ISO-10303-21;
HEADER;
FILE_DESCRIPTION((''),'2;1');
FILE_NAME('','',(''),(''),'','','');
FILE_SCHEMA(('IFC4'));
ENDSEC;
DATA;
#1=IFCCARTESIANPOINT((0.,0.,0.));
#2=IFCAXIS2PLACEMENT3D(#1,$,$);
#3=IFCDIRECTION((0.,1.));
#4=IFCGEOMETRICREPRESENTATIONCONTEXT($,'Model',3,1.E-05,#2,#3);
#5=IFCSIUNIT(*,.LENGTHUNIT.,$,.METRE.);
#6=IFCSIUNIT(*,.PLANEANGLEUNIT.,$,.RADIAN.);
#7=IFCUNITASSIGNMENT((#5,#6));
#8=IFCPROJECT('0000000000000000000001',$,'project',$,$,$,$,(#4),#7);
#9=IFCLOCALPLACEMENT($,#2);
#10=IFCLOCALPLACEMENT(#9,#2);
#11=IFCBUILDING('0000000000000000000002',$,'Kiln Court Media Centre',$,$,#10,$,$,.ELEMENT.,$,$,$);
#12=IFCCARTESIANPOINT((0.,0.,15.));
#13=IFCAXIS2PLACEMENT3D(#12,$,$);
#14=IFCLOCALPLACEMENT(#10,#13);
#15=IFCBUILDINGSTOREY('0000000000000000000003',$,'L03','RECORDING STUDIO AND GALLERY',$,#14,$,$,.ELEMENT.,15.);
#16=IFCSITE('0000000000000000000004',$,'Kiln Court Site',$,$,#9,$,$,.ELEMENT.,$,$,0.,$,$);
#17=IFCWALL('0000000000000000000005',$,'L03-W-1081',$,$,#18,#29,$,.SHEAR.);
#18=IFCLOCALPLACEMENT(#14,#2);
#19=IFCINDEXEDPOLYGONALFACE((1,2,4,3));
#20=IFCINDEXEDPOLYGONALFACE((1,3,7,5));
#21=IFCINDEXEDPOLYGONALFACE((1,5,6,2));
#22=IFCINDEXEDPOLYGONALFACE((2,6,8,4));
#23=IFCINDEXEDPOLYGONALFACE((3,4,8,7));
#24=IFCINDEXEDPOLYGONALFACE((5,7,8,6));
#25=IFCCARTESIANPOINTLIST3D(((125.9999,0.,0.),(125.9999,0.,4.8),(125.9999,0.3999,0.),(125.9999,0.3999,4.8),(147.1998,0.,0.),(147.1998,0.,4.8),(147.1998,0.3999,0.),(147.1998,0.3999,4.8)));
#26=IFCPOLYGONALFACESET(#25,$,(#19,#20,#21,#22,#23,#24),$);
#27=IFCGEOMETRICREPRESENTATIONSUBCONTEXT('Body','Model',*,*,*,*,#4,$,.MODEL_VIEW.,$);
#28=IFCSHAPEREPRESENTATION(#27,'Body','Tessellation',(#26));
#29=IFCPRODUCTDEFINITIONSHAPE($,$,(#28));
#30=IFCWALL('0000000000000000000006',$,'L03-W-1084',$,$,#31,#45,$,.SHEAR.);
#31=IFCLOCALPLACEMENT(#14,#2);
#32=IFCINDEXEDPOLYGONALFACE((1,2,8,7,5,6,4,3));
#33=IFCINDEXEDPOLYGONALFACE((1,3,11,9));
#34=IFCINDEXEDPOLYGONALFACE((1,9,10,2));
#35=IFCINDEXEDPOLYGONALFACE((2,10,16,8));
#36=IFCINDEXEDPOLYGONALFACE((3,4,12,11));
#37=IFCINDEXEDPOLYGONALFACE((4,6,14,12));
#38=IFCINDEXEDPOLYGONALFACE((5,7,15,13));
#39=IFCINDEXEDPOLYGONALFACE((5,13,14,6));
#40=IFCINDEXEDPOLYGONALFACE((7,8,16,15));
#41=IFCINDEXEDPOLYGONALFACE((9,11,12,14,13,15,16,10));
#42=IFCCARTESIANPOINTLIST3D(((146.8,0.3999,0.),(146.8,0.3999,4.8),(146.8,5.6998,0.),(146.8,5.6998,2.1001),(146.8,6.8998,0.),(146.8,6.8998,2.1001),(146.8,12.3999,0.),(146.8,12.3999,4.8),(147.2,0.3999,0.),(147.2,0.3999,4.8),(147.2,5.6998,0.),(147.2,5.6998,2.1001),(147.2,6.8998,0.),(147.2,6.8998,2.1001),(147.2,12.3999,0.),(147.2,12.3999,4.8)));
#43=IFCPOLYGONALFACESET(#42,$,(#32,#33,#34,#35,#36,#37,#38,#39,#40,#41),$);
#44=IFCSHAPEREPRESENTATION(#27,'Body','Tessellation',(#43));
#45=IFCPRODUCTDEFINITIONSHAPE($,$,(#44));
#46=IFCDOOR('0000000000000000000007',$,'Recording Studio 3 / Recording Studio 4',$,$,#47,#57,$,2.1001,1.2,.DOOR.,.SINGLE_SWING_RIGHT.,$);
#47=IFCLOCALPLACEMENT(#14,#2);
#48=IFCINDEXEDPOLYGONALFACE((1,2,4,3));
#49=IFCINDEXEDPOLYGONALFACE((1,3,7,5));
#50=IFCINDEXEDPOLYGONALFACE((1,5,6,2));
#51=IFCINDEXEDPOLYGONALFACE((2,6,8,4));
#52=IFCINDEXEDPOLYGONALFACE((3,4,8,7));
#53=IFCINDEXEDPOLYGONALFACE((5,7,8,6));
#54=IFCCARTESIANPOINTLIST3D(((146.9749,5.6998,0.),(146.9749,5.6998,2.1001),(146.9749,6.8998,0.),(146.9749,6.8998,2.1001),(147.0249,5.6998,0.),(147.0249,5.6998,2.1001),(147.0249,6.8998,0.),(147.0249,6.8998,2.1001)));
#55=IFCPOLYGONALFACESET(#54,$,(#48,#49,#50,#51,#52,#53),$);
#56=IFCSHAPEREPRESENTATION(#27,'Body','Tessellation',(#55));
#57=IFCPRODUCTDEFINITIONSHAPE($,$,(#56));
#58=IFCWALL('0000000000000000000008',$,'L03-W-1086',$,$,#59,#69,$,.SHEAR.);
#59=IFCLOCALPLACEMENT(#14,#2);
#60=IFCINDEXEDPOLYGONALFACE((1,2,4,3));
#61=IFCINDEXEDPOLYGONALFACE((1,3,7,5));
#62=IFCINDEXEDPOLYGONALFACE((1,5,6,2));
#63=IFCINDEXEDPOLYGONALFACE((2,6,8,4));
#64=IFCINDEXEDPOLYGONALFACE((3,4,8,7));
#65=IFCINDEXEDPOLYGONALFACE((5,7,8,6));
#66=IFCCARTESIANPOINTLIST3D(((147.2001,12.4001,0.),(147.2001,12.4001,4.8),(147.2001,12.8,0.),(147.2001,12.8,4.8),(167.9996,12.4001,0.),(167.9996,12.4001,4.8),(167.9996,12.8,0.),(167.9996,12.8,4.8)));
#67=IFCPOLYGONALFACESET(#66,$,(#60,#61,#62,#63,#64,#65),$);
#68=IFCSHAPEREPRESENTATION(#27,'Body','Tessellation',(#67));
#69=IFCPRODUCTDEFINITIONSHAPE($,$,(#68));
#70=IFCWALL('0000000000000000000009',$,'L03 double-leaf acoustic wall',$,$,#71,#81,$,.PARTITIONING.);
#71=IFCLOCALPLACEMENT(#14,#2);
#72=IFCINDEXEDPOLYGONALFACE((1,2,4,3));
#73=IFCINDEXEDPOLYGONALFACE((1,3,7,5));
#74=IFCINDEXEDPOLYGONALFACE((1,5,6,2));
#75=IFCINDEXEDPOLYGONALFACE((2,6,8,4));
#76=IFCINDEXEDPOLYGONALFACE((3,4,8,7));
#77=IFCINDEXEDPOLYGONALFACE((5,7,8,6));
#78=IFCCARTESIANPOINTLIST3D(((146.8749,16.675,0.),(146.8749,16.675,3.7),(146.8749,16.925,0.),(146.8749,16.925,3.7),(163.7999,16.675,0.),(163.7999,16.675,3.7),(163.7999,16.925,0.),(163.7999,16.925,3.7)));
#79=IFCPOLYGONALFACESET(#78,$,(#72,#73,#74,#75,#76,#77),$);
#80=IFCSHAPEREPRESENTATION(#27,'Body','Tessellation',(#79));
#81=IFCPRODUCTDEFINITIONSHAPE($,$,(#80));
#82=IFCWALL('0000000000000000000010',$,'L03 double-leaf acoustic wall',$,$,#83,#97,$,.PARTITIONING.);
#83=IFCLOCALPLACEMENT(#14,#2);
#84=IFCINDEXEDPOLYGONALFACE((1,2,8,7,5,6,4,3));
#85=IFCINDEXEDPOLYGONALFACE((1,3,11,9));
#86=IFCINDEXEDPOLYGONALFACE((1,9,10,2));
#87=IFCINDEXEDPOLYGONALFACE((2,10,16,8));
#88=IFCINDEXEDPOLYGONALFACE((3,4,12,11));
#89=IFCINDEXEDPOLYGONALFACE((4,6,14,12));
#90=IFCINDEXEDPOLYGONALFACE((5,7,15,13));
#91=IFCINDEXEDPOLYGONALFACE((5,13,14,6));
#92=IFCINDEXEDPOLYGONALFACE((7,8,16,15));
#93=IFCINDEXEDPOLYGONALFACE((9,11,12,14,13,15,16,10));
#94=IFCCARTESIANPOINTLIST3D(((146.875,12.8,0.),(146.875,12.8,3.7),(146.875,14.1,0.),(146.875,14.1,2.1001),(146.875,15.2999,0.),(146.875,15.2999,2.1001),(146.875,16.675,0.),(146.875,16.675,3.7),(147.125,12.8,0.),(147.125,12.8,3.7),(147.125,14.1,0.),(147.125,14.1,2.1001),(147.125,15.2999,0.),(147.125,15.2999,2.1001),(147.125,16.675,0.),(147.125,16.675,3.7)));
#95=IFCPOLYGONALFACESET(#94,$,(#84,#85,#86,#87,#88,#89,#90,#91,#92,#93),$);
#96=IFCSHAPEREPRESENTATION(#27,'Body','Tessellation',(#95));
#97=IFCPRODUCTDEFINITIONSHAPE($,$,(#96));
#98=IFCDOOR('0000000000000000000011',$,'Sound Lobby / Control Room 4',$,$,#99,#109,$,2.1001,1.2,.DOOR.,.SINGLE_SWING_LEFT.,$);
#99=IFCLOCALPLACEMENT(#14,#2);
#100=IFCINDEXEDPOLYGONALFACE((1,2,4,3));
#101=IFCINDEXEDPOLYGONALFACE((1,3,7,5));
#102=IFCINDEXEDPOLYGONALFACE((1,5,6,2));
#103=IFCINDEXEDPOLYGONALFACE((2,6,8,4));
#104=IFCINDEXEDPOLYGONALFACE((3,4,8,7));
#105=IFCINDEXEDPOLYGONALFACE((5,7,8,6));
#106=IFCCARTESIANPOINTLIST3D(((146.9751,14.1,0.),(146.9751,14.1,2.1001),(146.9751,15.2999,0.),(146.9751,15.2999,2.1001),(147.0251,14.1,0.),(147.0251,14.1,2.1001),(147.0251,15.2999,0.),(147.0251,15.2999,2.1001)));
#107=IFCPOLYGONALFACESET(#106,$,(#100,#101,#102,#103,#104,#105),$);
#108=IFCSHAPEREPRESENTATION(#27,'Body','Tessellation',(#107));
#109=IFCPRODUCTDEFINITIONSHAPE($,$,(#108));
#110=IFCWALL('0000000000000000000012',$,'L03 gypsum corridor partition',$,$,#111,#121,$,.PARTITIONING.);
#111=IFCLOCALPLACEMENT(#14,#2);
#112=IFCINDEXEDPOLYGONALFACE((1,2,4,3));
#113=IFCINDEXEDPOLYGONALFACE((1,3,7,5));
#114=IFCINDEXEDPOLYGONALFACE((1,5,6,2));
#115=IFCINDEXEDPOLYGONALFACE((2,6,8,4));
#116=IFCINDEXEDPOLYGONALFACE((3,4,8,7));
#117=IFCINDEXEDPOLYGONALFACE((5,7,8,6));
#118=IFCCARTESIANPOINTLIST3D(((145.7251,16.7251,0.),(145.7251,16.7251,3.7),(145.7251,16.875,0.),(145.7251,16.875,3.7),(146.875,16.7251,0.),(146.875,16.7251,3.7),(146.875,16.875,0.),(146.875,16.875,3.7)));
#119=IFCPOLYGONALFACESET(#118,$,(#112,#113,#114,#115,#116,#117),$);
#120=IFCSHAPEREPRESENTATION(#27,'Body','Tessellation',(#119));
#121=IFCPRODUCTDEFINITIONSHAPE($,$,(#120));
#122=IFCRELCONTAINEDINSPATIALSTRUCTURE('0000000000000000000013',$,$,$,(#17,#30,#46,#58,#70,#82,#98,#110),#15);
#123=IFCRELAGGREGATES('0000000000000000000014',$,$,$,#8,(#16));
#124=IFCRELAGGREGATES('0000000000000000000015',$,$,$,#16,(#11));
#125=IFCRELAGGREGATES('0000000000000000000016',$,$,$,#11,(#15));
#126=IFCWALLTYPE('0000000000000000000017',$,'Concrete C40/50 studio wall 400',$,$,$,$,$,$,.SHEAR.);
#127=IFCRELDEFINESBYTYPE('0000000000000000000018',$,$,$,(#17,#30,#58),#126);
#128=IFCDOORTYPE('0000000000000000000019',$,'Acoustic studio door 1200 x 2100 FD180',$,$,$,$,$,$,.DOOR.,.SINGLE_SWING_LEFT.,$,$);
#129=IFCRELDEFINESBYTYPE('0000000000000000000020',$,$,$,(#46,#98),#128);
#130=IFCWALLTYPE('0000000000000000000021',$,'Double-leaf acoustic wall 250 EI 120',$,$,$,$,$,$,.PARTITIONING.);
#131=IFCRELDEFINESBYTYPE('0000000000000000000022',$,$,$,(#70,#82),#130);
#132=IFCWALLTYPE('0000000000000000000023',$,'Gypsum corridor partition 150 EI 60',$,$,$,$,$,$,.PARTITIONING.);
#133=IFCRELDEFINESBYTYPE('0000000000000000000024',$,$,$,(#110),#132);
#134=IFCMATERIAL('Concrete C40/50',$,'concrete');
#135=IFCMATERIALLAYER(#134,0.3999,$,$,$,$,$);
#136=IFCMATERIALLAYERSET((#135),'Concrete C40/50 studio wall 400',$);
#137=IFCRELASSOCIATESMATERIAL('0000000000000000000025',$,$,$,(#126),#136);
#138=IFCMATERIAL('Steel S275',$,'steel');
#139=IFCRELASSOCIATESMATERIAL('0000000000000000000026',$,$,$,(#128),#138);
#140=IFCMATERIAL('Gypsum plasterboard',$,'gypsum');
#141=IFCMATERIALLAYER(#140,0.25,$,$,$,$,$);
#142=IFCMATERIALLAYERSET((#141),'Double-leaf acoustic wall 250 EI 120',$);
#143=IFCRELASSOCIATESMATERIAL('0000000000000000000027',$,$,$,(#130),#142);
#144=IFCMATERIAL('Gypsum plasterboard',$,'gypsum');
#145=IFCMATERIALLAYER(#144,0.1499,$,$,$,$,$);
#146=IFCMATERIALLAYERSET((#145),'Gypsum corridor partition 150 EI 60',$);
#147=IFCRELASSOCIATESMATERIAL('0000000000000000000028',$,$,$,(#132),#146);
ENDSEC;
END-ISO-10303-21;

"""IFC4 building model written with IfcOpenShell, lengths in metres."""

from ifc_helpers import new_model, si_unit, direction, frame, frame_2d, origin, place, context, subcontext, project, spatial, rectangle, extrude, material, layer, layer_set, type_object, element, fill, save


model = new_model("IFC4")

# Units and contexts
model_context = context("Model", 3, precision=1e-05, world=origin(), true_north=direction((0.0, 1.0)))
body_context = subcontext(model_context, "Body", "Model", "MODEL_VIEW")
ifc_project = project(units=[si_unit("LENGTHUNIT", "METRE"), si_unit("PLANEANGLEUNIT", "RADIAN")], contexts=[model_context])

# Site, building, storey
site_placement = place(None, origin())
site = spatial("IfcSite", under=ifc_project, at=site_placement, Name="Kiln Court Site", CompositionType="ELEMENT", RefElevation=0.0)
building_placement = place(site_placement, origin())
building = spatial("IfcBuilding", under=site, at=building_placement, Name="Kiln Court Media Centre", CompositionType="ELEMENT")
storey_placement = place(building_placement, frame((0.0, 0.0, 15.0)))
storey = spatial("IfcBuildingStorey", under=building, at=storey_placement, Name="L03", Description="RECORDING STUDIO AND GALLERY", CompositionType="ELEMENT", Elevation=15.0)

# Wall
ifc_material_1 = material(Name="Concrete C40/50", Category="concrete")
ifc_layer_1 = layer(ifc_material_1, 0.3999)
ifc_layer_set_1 = layer_set([ifc_layer_1], Name="Concrete C40/50 studio wall 400")
wall_type_1 = type_object("IfcWallType", Name="Concrete C40/50 studio wall 400", PredefinedType="SHEAR", material=ifc_layer_set_1)
wall_1_placement = place(storey_placement, frame((147.2, 0.2, 0.0), z_axis=(0.0, 0.0, 1.0), x_axis=(-1.0, 0.0, 0.0)))
element("IfcWall", 1, at=wall_1_placement, inside=storey, type_object=wall_type_1, Name="L03-W-1081", PredefinedType="SHEAR", context=body_context, shape_type="SweptSolid", body=[
    extrude(rectangle(XDim=21.2, YDim=0.3999, at=frame_2d((10.6001, 0.0))), origin(), (0.0, 0.0, 1.0), 4.8),
])

# Wall, opening, door
wall_2_placement = place(storey_placement, frame((147.0, 12.3999, 0.0), z_axis=(0.0, 0.0, 1.0), x_axis=(0.0, -1.0, 0.0)))
wall_2 = element("IfcWall", 2, at=wall_2_placement, inside=storey, type_object=wall_type_1, Name="L03-W-1084", PredefinedType="SHEAR", context=body_context, shape_type="SweptSolid", body=[
    extrude(rectangle(XDim=12.0, YDim=0.3999, at=frame_2d((6.0, 0.0))), origin(), (0.0, 0.0, 1.0), 4.8),
])
opening_1_placement = place(wall_2_placement, frame((5.5, 0.0, 0.0)))
opening_1 = element("IfcOpeningElement", 3, at=opening_1_placement, cuts=wall_2, PredefinedType="OPENING", context=body_context, shape_type="SweptSolid", body=[
    extrude(rectangle(XDim=1.2, YDim=2.1001, at=frame_2d((0.6001, 1.05))), frame((0.0, 0.21, 0.0), z_axis=(0.0, -1.0, 0.0), x_axis=(1.0, 0.0, 0.0)), (0.0, 0.0, 1.0), 0.4199),
])
ifc_material_2 = material(Name="Steel S275", Category="steel")
door_type = type_object("IfcDoorType", Name="Acoustic studio door 1200 x 2100 FD180", OperationType="SINGLE_SWING_LEFT", PredefinedType="DOOR", material=ifc_material_2)
door_1_placement = place(opening_1_placement, origin())
door_1 = element("IfcDoor", 4, at=door_1_placement, inside=storey, type_object=door_type, Name="Recording Studio 3 / Recording Studio 4", OperationType="SINGLE_SWING_RIGHT", OverallHeight=2.1001, OverallWidth=1.2, PredefinedType="DOOR", context=body_context, shape_type="SweptSolid", body=[
    extrude(rectangle(XDim=1.2, YDim=2.1001, at=frame_2d((0.6001, 1.05))), frame((0.0, 0.0249, 0.0), z_axis=(0.0, -1.0, 0.0), x_axis=(1.0, 0.0, 0.0)), (0.0, 0.0, 1.0), 0.05),
])
fill(opening_1, door_1)

# Walls
wall_3_placement = place(storey_placement, frame((147.2, 12.6001, 0.0), z_axis=(0.0, 0.0, 1.0), x_axis=(1.0, 0.0, 0.0)))
element("IfcWall", 5, at=wall_3_placement, inside=storey, type_object=wall_type_1, Name="L03-W-1086", PredefinedType="SHEAR", context=body_context, shape_type="SweptSolid", body=[
    extrude(rectangle(XDim=20.7996, YDim=0.3999, at=frame_2d((10.3999, 0.0))), origin(), (0.0, 0.0, 1.0), 4.8),
])
ifc_material_3 = material(Name="Gypsum plasterboard", Category="gypsum")
ifc_layer_2 = layer(ifc_material_3, 0.25)
ifc_layer_set_2 = layer_set([ifc_layer_2], Name="Double-leaf acoustic wall 250 EI 120")
wall_type_2 = type_object("IfcWallType", Name="Double-leaf acoustic wall 250 EI 120", PredefinedType="PARTITIONING", material=ifc_layer_set_2)
wall_4_placement = place(storey_placement, frame((146.875, 16.8, 0.0), z_axis=(0.0, 0.0, 1.0), x_axis=(1.0, 0.0, 0.0)))
element("IfcWall", 6, at=wall_4_placement, inside=storey, type_object=wall_type_2, Name="L03 double-leaf acoustic wall", PredefinedType="PARTITIONING", context=body_context, shape_type="SweptSolid", body=[
    extrude(rectangle(XDim=16.925, YDim=0.25, at=frame_2d((8.4624, 0.0))), origin(), (0.0, 0.0, 1.0), 3.7),
])

# Wall, opening, door
wall_5_placement = place(storey_placement, frame((147.0, 12.8, 0.0), z_axis=(0.0, 0.0, 1.0), x_axis=(0.0, 1.0, 0.0)))
wall_5 = element("IfcWall", 7, at=wall_5_placement, inside=storey, type_object=wall_type_2, Name="L03 double-leaf acoustic wall", PredefinedType="PARTITIONING", context=body_context, shape_type="SweptSolid", body=[
    extrude(rectangle(XDim=3.875, YDim=0.25, at=frame_2d((1.9375, 0.0))), origin(), (0.0, 0.0, 1.0), 3.7),
])
opening_2_placement = place(wall_5_placement, frame((1.2998, 0.0, 0.0)))
opening_2 = element("IfcOpeningElement", 8, at=opening_2_placement, cuts=wall_5, PredefinedType="OPENING", context=body_context, shape_type="SweptSolid", body=[
    extrude(rectangle(XDim=1.2, YDim=2.1001, at=frame_2d((0.6001, 1.05))), frame((0.0, 0.135, 0.0), z_axis=(0.0, -1.0, 0.0), x_axis=(1.0, 0.0, 0.0)), (0.0, 0.0, 1.0), 0.27),
])
door_2_placement = place(opening_2_placement, origin())
door_2 = element("IfcDoor", 9, at=door_2_placement, inside=storey, type_object=door_type, Name="Sound Lobby / Control Room 4", OperationType="SINGLE_SWING_LEFT", OverallHeight=2.1001, OverallWidth=1.2, PredefinedType="DOOR", context=body_context, shape_type="SweptSolid", body=[
    extrude(rectangle(XDim=1.2, YDim=2.1001, at=frame_2d((0.6001, 1.05))), frame((0.0, 0.0249, 0.0), z_axis=(0.0, -1.0, 0.0), x_axis=(1.0, 0.0, 0.0)), (0.0, 0.0, 1.0), 0.05),
])
fill(opening_2, door_2)

# Wall
ifc_material_4 = material(Name="Gypsum plasterboard", Category="gypsum")
ifc_layer_3 = layer(ifc_material_4, 0.1499)
ifc_layer_set_3 = layer_set([ifc_layer_3], Name="Gypsum corridor partition 150 EI 60")
wall_type_3 = type_object("IfcWallType", Name="Gypsum corridor partition 150 EI 60", PredefinedType="PARTITIONING", material=ifc_layer_set_3)
wall_6_placement = place(storey_placement, frame((145.7251, 16.8, 0.0), z_axis=(0.0, 0.0, 1.0), x_axis=(1.0, 0.0, 0.0)))
element("IfcWall", 10, at=wall_6_placement, inside=storey, type_object=wall_type_3, Name="L03 gypsum corridor partition", PredefinedType="PARTITIONING", context=body_context, shape_type="SweptSolid", body=[
    extrude(rectangle(XDim=1.1499, YDim=0.1499, at=frame_2d((0.575, 0.0))), origin(), (0.0, 0.0, 1.0), 3.7),
])

save(model, "model.ifc")
